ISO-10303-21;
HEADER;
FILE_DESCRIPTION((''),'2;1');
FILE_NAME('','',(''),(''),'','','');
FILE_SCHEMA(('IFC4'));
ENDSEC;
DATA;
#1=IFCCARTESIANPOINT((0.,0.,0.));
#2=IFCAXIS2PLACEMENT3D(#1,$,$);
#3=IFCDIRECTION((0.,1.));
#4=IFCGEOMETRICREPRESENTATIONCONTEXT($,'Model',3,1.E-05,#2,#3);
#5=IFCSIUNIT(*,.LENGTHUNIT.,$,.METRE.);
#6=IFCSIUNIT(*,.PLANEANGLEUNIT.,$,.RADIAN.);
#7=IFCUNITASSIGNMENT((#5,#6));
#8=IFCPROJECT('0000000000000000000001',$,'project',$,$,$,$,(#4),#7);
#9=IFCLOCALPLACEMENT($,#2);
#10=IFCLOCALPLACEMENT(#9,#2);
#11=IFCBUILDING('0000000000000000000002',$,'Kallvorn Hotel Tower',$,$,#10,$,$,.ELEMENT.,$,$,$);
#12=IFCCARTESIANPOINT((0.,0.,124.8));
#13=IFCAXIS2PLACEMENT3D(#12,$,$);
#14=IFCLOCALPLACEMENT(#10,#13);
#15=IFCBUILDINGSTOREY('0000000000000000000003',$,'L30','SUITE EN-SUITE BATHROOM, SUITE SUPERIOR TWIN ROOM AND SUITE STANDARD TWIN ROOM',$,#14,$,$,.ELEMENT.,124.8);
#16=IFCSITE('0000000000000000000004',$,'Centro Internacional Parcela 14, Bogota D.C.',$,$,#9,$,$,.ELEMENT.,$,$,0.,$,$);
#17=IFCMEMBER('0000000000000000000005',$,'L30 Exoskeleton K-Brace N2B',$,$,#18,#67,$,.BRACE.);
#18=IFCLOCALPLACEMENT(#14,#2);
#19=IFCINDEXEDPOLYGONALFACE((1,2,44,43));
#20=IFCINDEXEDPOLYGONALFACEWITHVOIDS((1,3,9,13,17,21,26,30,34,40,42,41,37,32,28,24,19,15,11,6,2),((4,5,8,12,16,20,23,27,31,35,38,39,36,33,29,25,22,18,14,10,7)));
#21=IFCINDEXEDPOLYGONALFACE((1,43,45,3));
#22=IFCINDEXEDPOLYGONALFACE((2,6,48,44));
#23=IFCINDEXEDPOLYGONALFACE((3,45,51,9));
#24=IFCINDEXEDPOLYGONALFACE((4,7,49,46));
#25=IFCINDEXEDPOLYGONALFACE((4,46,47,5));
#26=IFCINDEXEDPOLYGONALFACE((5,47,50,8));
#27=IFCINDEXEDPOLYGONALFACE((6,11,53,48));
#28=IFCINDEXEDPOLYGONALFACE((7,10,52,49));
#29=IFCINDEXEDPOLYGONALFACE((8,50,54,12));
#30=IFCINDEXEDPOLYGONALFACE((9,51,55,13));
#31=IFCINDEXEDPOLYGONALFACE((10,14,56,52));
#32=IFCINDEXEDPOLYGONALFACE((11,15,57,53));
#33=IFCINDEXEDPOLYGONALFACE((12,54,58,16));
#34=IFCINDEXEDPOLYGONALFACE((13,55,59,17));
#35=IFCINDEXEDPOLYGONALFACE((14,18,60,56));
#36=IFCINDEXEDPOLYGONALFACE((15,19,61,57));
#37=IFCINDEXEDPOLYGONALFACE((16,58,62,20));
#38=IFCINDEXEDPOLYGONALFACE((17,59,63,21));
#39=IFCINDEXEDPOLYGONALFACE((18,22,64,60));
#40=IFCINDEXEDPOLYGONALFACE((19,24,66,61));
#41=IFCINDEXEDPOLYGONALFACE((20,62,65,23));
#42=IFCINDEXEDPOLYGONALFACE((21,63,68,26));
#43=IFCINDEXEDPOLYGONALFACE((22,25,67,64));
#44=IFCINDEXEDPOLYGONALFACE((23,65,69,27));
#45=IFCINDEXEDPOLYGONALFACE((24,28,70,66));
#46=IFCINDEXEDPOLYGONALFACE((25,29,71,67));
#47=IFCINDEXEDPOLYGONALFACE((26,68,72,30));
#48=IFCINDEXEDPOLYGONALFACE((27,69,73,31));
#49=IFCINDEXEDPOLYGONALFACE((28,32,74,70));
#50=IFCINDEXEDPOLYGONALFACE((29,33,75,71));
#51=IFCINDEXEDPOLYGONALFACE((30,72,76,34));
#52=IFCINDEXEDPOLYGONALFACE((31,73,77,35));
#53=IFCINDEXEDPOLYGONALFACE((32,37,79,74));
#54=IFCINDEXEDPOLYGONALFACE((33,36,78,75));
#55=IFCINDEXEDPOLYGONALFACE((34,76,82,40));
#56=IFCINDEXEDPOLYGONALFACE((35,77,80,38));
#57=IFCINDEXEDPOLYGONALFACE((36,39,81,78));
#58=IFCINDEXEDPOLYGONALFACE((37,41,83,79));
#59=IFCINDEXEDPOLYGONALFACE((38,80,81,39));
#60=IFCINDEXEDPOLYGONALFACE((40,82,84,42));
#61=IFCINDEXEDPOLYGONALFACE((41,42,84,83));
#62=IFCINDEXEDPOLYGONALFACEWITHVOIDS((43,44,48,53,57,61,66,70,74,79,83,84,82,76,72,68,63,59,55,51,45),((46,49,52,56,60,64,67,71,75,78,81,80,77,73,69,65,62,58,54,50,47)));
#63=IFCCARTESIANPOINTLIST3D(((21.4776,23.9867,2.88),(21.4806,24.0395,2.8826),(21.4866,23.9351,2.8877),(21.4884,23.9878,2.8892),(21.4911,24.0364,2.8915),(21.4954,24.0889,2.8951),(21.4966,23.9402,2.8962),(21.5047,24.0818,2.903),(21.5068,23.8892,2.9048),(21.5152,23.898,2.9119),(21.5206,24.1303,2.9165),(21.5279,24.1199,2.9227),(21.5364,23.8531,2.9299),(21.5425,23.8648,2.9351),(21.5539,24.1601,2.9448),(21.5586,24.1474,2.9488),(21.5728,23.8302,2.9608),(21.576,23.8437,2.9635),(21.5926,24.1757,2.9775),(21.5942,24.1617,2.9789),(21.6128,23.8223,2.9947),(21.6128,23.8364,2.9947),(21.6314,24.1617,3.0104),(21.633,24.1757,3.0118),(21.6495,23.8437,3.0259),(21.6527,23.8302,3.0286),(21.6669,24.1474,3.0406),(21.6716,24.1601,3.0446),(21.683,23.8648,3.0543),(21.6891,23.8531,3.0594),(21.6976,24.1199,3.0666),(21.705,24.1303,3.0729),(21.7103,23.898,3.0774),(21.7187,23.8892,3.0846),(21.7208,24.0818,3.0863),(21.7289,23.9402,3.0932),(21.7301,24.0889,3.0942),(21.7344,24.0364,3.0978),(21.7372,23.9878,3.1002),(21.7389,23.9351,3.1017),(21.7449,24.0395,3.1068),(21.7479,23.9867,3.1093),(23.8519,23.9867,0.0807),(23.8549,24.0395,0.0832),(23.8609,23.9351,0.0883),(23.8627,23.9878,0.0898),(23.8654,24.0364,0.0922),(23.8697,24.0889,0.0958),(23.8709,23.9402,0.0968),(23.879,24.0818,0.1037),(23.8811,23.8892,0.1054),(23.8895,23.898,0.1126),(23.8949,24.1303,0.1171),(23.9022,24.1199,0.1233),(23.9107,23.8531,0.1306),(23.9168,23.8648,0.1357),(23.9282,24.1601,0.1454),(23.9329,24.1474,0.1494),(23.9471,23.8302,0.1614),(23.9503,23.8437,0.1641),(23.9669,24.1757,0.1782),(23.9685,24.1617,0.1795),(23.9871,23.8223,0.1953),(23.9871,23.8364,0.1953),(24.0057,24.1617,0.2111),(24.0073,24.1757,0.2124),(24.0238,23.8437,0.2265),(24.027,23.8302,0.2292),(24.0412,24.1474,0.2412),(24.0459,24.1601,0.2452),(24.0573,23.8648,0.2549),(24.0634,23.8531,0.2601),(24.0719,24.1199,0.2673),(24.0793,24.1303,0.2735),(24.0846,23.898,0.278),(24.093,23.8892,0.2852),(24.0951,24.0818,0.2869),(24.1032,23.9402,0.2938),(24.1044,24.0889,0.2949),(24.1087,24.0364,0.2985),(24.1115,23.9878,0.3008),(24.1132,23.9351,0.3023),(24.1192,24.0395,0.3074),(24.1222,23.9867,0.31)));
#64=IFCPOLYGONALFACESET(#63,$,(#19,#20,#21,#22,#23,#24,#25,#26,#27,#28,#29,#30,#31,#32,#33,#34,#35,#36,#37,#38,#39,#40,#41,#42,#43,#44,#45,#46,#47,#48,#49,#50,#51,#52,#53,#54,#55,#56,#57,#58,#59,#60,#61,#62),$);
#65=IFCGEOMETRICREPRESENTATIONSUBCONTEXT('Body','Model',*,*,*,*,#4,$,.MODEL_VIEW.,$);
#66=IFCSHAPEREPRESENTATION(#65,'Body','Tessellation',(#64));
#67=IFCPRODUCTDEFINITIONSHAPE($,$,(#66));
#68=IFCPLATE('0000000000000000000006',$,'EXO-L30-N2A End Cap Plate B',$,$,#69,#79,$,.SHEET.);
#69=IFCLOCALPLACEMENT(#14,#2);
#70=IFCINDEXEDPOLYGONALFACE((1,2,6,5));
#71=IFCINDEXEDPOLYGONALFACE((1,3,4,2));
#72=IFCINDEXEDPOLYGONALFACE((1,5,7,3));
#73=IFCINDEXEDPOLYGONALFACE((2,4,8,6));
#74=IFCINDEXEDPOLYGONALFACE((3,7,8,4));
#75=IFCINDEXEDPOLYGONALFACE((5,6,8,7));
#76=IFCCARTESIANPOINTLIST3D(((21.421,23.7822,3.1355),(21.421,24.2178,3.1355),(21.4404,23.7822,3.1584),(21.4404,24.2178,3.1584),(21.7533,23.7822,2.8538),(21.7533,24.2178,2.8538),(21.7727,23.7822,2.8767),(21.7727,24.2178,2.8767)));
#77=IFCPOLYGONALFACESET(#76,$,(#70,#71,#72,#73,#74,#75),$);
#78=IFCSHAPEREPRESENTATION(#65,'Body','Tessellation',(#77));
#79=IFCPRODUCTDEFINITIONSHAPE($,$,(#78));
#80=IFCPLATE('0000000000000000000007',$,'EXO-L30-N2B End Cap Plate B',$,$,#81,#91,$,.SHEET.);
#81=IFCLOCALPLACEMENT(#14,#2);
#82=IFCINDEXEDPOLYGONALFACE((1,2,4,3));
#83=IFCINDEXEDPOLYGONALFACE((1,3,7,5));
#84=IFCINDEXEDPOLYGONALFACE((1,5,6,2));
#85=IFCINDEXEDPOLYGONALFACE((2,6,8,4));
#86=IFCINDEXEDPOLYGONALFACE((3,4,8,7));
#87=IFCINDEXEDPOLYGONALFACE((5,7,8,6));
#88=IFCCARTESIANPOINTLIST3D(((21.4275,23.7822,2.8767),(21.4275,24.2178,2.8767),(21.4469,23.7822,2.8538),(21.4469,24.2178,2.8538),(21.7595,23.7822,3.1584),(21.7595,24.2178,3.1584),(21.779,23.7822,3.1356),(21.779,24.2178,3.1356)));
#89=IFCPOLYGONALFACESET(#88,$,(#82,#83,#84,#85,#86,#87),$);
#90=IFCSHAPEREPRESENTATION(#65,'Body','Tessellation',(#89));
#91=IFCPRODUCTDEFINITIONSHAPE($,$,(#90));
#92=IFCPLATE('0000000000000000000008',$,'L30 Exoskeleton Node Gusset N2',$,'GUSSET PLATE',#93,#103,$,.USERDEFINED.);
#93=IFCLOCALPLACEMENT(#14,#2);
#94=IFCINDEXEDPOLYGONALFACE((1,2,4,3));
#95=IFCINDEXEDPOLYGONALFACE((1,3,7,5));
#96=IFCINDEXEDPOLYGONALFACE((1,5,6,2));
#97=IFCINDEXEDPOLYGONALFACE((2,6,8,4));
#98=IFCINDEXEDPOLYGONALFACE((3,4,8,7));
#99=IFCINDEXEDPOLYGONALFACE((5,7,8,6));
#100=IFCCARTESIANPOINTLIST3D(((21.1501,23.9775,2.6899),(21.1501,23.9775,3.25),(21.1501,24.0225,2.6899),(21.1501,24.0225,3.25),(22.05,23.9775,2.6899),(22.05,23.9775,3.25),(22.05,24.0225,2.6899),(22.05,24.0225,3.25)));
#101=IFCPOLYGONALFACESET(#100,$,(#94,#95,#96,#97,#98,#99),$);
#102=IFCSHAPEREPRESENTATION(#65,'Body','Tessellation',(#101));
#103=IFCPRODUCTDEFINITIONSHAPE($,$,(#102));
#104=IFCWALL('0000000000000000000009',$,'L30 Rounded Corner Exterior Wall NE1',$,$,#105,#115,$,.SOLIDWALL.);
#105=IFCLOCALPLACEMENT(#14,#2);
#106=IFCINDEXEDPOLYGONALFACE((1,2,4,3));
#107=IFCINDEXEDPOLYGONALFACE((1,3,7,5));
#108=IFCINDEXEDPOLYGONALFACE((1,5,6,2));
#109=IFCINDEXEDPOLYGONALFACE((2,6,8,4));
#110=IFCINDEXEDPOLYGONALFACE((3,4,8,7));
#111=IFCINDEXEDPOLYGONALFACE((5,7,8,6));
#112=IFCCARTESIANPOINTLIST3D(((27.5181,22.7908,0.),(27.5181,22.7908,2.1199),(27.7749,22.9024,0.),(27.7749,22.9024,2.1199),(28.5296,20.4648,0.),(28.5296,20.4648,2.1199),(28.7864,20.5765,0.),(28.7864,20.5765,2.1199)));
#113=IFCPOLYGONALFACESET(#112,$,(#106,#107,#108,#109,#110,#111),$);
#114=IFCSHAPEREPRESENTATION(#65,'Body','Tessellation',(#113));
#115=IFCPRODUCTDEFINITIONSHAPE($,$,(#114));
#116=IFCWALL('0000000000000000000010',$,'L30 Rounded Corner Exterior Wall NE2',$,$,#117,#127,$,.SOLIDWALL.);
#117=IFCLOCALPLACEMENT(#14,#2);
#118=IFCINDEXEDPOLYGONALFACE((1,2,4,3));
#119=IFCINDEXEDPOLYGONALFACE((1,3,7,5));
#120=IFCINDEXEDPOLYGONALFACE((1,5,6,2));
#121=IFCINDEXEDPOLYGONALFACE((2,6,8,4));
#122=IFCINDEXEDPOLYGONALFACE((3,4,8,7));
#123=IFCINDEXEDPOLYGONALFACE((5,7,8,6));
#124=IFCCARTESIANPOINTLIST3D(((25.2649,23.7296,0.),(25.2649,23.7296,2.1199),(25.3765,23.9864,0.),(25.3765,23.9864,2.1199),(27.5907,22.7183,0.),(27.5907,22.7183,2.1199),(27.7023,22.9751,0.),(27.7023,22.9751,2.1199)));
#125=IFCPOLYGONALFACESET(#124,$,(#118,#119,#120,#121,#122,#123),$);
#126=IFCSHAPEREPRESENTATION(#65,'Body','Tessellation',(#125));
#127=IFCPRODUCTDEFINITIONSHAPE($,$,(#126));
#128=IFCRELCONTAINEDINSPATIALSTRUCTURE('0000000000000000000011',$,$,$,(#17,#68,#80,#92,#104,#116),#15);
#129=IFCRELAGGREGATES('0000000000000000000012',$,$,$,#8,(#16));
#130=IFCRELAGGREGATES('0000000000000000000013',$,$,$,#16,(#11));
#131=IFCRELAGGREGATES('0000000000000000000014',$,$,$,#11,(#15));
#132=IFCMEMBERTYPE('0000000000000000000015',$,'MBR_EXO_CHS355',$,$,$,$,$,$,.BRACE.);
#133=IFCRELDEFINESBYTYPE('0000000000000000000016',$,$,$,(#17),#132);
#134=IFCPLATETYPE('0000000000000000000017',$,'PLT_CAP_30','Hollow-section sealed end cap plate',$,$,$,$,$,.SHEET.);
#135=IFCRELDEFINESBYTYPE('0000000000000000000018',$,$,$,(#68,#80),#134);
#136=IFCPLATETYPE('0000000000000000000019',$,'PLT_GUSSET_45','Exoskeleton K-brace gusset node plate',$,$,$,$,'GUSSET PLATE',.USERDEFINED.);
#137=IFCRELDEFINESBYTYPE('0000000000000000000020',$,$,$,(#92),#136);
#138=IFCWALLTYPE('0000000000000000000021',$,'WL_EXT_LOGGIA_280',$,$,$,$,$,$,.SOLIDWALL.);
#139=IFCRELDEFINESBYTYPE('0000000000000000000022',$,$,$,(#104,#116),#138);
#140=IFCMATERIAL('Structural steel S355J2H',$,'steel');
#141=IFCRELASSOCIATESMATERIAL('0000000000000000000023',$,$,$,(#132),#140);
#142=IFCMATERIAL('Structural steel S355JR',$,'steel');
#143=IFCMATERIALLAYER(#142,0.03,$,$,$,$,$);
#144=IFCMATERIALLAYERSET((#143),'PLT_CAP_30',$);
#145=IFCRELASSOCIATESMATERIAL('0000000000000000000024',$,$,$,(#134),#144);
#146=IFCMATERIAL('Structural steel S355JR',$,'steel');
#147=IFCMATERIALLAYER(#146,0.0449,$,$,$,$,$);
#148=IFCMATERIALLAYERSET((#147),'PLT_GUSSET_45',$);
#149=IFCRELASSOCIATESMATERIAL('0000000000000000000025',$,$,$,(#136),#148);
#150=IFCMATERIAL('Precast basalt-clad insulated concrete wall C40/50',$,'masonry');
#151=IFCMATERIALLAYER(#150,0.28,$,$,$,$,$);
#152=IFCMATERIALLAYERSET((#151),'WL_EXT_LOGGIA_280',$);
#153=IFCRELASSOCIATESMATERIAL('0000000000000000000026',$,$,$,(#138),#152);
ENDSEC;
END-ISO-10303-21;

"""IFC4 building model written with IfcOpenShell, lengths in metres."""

from ifc_helpers import new_model, si_unit, direction, frame, frame_2d, origin, origin_2d, place, context, subcontext, project, spatial, polyline, rectangle, hollow_circle, outline, extrude, material, layer, layer_set, material_profile, profile_set, type_object, element, save


model = new_model("IFC4")

# Units and contexts
model_context = context("Model", 3, precision=1e-05, world=origin(), true_north=direction((0.0, 1.0)))
body_context = subcontext(model_context, "Body", "Model", "MODEL_VIEW")
ifc_project = project(units=[si_unit("LENGTHUNIT", "METRE"), si_unit("PLANEANGLEUNIT", "RADIAN")], contexts=[model_context])

# Site, building, storey
site_placement = place(None, origin())
site = spatial("IfcSite", under=ifc_project, at=site_placement, Name="Centro Internacional Parcela 14, Bogota D.C.", CompositionType="ELEMENT", RefElevation=0.0)
building_placement = place(site_placement, origin())
building = spatial("IfcBuilding", under=site, at=building_placement, Name="Kallvorn Hotel Tower", CompositionType="ELEMENT")
storey_placement = place(building_placement, frame((0.0, 0.0, 124.8)))
storey = spatial("IfcBuildingStorey", under=building, at=storey_placement, Name="L30", Description="SUITE EN-SUITE BATHROOM, SUITE SUPERIOR TWIN ROOM AND SUITE STANDARD TWIN ROOM", CompositionType="ELEMENT", Elevation=124.8)

# Member
ifc_material_1 = material(Name="Structural steel S355J2H", Category="steel")
ifc_material_profile_1 = material_profile(ifc_material_1, hollow_circle(Radius=0.1777, WallThickness=0.0142, at=origin_2d()), Name="CHS 355.6x14.2")
ifc_profile_set_1 = profile_set([ifc_material_profile_1], Name="Structural steel S355J2H")
member_type_1 = type_object("IfcMemberType", Name="MBR_EXO_CHS355", PredefinedType="BRACE", material=ifc_profile_set_1)
for number, where, z_axis, x_axis, name in (
    (1, (23.9871, 24.0, 0.1953), (-0.646833, 0.0, 0.762631), (0.0, -1.0, 0.0), "L30 Exoskeleton K-Brace N2B"),
):
    element("IfcMember", number, at=place(storey_placement, frame(where, z_axis=z_axis, x_axis=x_axis)), inside=storey, type_object=member_type_1, Name=name, PredefinedType="BRACE", context=body_context, shape_type="SweptSolid", body=[
        extrude(hollow_circle(Radius=0.1777, WallThickness=0.0142, at=origin_2d()), origin(), (0.0, 0.0, 1.0), 3.6707),
    ])

# Plates
ifc_material_2 = material(Name="Structural steel S355JR", Category="steel")
ifc_layer_1 = layer(ifc_material_2, 0.03)
ifc_layer_set_1 = layer_set([ifc_layer_1], Name="PLT_CAP_30")
plate_type_1 = type_object("IfcPlateType", Name="PLT_CAP_30", Description="Hollow-section sealed end cap plate", PredefinedType="SHEET", material=ifc_layer_set_1)
plate_1_placement = place(storey_placement, frame((21.7727, 23.7822, 2.8767), z_axis=(0.646721, 0.0, 0.762727), x_axis=(0.0, 1.0, 0.0)))
element("IfcPlate", 2, at=plate_1_placement, inside=storey, type_object=plate_type_1, Name="EXO-L30-N2A End Cap Plate B", PredefinedType="SHEET", context=body_context, shape_type="SweptSolid", body=[
    extrude(outline(polyline([(0.0, 0.0), (0.4355, 0.0), (0.4355, 0.4356), (0.0, 0.4356), (0.0, 0.0)])), origin(), (0.0, 0.0, -1.0), 0.03),
])
plate_2_placement = place(storey_placement, frame((21.4275, 24.2178, 2.8767), z_axis=(-0.646997, 0.0, 0.762492), x_axis=(0.0, -1.0, 0.0)))
element("IfcPlate", 3, at=plate_2_placement, inside=storey, type_object=plate_type_1, Name="EXO-L30-N2B End Cap Plate B", PredefinedType="SHEET", context=body_context, shape_type="SweptSolid", body=[
    extrude(outline(polyline([(0.0, 0.0), (0.4355, 0.0), (0.4355, 0.4355), (0.0, 0.4355), (0.0, 0.0)])), origin(), (0.0, 0.0, -1.0), 0.03),
])
ifc_material_3 = material(Name="Structural steel S355JR", Category="steel")
ifc_layer_2 = layer(ifc_material_3, 0.0449)
ifc_layer_set_2 = layer_set([ifc_layer_2], Name="PLT_GUSSET_45")
plate_type_2 = type_object("IfcPlateType", Name="PLT_GUSSET_45", Description="Exoskeleton K-brace gusset node plate", ElementType="GUSSET PLATE", PredefinedType="USERDEFINED", material=ifc_layer_set_2)
plate_3_placement = place(storey_placement, frame((21.6001, 24.0, 2.6899), z_axis=(0.0, 0.0, 1.0), x_axis=(1.0, 0.0, 0.0)))
element("IfcPlate", 4, at=plate_3_placement, inside=storey, type_object=plate_type_2, Name="L30 Exoskeleton Node Gusset N2", ObjectType="GUSSET PLATE", PredefinedType="USERDEFINED", context=body_context, shape_type="SweptSolid", body=[
    extrude(rectangle(XDim=0.8999, YDim=0.0449, at=origin_2d()), origin(), (0.0, 0.0, 1.0), 0.5601),
])

# Walls
ifc_material_4 = material(Name="Precast basalt-clad insulated concrete wall C40/50", Category="masonry")
ifc_layer_3 = layer(ifc_material_4, 0.28)
ifc_layer_set_3 = layer_set([ifc_layer_3], Name="WL_EXT_LOGGIA_280")
wall_type = type_object("IfcWallType", Name="WL_EXT_LOGGIA_280", PredefinedType="SOLIDWALL", material=ifc_layer_set_3)
wall_1_placement = place(storey_placement, frame((28.658, 20.5208, 0.0), z_axis=(0.0, 0.0, 1.0), x_axis=(-0.398793, 0.917041, 0.0)))
element("IfcWall", 5, at=wall_1_placement, inside=storey, type_object=wall_type, Name="L30 Rounded Corner Exterior Wall NE1", PredefinedType="SOLIDWALL", context=body_context, shape_type="SweptSolid", body=[
    extrude(rectangle(XDim=2.5364, YDim=0.28, at=frame_2d((1.2681, 0.0))), origin(), (0.0, 0.0, 1.0), 2.1199),
])
wall_2_placement = place(storey_placement, frame((27.6465, 22.8467, 0.0), z_axis=(0.0, 0.0, 1.0), x_axis=(-0.917061, 0.398747, 0.0)))
element("IfcWall", 6, at=wall_2_placement, inside=storey, type_object=wall_type, Name="L30 Rounded Corner Exterior Wall NE2", PredefinedType="SOLIDWALL", context=body_context, shape_type="SweptSolid", body=[
    extrude(rectangle(XDim=2.5361, YDim=0.28, at=frame_2d((1.2681, 0.0))), origin(), (0.0, 0.0, 1.0), 2.1199),
])

save(model, "model.ifc")
